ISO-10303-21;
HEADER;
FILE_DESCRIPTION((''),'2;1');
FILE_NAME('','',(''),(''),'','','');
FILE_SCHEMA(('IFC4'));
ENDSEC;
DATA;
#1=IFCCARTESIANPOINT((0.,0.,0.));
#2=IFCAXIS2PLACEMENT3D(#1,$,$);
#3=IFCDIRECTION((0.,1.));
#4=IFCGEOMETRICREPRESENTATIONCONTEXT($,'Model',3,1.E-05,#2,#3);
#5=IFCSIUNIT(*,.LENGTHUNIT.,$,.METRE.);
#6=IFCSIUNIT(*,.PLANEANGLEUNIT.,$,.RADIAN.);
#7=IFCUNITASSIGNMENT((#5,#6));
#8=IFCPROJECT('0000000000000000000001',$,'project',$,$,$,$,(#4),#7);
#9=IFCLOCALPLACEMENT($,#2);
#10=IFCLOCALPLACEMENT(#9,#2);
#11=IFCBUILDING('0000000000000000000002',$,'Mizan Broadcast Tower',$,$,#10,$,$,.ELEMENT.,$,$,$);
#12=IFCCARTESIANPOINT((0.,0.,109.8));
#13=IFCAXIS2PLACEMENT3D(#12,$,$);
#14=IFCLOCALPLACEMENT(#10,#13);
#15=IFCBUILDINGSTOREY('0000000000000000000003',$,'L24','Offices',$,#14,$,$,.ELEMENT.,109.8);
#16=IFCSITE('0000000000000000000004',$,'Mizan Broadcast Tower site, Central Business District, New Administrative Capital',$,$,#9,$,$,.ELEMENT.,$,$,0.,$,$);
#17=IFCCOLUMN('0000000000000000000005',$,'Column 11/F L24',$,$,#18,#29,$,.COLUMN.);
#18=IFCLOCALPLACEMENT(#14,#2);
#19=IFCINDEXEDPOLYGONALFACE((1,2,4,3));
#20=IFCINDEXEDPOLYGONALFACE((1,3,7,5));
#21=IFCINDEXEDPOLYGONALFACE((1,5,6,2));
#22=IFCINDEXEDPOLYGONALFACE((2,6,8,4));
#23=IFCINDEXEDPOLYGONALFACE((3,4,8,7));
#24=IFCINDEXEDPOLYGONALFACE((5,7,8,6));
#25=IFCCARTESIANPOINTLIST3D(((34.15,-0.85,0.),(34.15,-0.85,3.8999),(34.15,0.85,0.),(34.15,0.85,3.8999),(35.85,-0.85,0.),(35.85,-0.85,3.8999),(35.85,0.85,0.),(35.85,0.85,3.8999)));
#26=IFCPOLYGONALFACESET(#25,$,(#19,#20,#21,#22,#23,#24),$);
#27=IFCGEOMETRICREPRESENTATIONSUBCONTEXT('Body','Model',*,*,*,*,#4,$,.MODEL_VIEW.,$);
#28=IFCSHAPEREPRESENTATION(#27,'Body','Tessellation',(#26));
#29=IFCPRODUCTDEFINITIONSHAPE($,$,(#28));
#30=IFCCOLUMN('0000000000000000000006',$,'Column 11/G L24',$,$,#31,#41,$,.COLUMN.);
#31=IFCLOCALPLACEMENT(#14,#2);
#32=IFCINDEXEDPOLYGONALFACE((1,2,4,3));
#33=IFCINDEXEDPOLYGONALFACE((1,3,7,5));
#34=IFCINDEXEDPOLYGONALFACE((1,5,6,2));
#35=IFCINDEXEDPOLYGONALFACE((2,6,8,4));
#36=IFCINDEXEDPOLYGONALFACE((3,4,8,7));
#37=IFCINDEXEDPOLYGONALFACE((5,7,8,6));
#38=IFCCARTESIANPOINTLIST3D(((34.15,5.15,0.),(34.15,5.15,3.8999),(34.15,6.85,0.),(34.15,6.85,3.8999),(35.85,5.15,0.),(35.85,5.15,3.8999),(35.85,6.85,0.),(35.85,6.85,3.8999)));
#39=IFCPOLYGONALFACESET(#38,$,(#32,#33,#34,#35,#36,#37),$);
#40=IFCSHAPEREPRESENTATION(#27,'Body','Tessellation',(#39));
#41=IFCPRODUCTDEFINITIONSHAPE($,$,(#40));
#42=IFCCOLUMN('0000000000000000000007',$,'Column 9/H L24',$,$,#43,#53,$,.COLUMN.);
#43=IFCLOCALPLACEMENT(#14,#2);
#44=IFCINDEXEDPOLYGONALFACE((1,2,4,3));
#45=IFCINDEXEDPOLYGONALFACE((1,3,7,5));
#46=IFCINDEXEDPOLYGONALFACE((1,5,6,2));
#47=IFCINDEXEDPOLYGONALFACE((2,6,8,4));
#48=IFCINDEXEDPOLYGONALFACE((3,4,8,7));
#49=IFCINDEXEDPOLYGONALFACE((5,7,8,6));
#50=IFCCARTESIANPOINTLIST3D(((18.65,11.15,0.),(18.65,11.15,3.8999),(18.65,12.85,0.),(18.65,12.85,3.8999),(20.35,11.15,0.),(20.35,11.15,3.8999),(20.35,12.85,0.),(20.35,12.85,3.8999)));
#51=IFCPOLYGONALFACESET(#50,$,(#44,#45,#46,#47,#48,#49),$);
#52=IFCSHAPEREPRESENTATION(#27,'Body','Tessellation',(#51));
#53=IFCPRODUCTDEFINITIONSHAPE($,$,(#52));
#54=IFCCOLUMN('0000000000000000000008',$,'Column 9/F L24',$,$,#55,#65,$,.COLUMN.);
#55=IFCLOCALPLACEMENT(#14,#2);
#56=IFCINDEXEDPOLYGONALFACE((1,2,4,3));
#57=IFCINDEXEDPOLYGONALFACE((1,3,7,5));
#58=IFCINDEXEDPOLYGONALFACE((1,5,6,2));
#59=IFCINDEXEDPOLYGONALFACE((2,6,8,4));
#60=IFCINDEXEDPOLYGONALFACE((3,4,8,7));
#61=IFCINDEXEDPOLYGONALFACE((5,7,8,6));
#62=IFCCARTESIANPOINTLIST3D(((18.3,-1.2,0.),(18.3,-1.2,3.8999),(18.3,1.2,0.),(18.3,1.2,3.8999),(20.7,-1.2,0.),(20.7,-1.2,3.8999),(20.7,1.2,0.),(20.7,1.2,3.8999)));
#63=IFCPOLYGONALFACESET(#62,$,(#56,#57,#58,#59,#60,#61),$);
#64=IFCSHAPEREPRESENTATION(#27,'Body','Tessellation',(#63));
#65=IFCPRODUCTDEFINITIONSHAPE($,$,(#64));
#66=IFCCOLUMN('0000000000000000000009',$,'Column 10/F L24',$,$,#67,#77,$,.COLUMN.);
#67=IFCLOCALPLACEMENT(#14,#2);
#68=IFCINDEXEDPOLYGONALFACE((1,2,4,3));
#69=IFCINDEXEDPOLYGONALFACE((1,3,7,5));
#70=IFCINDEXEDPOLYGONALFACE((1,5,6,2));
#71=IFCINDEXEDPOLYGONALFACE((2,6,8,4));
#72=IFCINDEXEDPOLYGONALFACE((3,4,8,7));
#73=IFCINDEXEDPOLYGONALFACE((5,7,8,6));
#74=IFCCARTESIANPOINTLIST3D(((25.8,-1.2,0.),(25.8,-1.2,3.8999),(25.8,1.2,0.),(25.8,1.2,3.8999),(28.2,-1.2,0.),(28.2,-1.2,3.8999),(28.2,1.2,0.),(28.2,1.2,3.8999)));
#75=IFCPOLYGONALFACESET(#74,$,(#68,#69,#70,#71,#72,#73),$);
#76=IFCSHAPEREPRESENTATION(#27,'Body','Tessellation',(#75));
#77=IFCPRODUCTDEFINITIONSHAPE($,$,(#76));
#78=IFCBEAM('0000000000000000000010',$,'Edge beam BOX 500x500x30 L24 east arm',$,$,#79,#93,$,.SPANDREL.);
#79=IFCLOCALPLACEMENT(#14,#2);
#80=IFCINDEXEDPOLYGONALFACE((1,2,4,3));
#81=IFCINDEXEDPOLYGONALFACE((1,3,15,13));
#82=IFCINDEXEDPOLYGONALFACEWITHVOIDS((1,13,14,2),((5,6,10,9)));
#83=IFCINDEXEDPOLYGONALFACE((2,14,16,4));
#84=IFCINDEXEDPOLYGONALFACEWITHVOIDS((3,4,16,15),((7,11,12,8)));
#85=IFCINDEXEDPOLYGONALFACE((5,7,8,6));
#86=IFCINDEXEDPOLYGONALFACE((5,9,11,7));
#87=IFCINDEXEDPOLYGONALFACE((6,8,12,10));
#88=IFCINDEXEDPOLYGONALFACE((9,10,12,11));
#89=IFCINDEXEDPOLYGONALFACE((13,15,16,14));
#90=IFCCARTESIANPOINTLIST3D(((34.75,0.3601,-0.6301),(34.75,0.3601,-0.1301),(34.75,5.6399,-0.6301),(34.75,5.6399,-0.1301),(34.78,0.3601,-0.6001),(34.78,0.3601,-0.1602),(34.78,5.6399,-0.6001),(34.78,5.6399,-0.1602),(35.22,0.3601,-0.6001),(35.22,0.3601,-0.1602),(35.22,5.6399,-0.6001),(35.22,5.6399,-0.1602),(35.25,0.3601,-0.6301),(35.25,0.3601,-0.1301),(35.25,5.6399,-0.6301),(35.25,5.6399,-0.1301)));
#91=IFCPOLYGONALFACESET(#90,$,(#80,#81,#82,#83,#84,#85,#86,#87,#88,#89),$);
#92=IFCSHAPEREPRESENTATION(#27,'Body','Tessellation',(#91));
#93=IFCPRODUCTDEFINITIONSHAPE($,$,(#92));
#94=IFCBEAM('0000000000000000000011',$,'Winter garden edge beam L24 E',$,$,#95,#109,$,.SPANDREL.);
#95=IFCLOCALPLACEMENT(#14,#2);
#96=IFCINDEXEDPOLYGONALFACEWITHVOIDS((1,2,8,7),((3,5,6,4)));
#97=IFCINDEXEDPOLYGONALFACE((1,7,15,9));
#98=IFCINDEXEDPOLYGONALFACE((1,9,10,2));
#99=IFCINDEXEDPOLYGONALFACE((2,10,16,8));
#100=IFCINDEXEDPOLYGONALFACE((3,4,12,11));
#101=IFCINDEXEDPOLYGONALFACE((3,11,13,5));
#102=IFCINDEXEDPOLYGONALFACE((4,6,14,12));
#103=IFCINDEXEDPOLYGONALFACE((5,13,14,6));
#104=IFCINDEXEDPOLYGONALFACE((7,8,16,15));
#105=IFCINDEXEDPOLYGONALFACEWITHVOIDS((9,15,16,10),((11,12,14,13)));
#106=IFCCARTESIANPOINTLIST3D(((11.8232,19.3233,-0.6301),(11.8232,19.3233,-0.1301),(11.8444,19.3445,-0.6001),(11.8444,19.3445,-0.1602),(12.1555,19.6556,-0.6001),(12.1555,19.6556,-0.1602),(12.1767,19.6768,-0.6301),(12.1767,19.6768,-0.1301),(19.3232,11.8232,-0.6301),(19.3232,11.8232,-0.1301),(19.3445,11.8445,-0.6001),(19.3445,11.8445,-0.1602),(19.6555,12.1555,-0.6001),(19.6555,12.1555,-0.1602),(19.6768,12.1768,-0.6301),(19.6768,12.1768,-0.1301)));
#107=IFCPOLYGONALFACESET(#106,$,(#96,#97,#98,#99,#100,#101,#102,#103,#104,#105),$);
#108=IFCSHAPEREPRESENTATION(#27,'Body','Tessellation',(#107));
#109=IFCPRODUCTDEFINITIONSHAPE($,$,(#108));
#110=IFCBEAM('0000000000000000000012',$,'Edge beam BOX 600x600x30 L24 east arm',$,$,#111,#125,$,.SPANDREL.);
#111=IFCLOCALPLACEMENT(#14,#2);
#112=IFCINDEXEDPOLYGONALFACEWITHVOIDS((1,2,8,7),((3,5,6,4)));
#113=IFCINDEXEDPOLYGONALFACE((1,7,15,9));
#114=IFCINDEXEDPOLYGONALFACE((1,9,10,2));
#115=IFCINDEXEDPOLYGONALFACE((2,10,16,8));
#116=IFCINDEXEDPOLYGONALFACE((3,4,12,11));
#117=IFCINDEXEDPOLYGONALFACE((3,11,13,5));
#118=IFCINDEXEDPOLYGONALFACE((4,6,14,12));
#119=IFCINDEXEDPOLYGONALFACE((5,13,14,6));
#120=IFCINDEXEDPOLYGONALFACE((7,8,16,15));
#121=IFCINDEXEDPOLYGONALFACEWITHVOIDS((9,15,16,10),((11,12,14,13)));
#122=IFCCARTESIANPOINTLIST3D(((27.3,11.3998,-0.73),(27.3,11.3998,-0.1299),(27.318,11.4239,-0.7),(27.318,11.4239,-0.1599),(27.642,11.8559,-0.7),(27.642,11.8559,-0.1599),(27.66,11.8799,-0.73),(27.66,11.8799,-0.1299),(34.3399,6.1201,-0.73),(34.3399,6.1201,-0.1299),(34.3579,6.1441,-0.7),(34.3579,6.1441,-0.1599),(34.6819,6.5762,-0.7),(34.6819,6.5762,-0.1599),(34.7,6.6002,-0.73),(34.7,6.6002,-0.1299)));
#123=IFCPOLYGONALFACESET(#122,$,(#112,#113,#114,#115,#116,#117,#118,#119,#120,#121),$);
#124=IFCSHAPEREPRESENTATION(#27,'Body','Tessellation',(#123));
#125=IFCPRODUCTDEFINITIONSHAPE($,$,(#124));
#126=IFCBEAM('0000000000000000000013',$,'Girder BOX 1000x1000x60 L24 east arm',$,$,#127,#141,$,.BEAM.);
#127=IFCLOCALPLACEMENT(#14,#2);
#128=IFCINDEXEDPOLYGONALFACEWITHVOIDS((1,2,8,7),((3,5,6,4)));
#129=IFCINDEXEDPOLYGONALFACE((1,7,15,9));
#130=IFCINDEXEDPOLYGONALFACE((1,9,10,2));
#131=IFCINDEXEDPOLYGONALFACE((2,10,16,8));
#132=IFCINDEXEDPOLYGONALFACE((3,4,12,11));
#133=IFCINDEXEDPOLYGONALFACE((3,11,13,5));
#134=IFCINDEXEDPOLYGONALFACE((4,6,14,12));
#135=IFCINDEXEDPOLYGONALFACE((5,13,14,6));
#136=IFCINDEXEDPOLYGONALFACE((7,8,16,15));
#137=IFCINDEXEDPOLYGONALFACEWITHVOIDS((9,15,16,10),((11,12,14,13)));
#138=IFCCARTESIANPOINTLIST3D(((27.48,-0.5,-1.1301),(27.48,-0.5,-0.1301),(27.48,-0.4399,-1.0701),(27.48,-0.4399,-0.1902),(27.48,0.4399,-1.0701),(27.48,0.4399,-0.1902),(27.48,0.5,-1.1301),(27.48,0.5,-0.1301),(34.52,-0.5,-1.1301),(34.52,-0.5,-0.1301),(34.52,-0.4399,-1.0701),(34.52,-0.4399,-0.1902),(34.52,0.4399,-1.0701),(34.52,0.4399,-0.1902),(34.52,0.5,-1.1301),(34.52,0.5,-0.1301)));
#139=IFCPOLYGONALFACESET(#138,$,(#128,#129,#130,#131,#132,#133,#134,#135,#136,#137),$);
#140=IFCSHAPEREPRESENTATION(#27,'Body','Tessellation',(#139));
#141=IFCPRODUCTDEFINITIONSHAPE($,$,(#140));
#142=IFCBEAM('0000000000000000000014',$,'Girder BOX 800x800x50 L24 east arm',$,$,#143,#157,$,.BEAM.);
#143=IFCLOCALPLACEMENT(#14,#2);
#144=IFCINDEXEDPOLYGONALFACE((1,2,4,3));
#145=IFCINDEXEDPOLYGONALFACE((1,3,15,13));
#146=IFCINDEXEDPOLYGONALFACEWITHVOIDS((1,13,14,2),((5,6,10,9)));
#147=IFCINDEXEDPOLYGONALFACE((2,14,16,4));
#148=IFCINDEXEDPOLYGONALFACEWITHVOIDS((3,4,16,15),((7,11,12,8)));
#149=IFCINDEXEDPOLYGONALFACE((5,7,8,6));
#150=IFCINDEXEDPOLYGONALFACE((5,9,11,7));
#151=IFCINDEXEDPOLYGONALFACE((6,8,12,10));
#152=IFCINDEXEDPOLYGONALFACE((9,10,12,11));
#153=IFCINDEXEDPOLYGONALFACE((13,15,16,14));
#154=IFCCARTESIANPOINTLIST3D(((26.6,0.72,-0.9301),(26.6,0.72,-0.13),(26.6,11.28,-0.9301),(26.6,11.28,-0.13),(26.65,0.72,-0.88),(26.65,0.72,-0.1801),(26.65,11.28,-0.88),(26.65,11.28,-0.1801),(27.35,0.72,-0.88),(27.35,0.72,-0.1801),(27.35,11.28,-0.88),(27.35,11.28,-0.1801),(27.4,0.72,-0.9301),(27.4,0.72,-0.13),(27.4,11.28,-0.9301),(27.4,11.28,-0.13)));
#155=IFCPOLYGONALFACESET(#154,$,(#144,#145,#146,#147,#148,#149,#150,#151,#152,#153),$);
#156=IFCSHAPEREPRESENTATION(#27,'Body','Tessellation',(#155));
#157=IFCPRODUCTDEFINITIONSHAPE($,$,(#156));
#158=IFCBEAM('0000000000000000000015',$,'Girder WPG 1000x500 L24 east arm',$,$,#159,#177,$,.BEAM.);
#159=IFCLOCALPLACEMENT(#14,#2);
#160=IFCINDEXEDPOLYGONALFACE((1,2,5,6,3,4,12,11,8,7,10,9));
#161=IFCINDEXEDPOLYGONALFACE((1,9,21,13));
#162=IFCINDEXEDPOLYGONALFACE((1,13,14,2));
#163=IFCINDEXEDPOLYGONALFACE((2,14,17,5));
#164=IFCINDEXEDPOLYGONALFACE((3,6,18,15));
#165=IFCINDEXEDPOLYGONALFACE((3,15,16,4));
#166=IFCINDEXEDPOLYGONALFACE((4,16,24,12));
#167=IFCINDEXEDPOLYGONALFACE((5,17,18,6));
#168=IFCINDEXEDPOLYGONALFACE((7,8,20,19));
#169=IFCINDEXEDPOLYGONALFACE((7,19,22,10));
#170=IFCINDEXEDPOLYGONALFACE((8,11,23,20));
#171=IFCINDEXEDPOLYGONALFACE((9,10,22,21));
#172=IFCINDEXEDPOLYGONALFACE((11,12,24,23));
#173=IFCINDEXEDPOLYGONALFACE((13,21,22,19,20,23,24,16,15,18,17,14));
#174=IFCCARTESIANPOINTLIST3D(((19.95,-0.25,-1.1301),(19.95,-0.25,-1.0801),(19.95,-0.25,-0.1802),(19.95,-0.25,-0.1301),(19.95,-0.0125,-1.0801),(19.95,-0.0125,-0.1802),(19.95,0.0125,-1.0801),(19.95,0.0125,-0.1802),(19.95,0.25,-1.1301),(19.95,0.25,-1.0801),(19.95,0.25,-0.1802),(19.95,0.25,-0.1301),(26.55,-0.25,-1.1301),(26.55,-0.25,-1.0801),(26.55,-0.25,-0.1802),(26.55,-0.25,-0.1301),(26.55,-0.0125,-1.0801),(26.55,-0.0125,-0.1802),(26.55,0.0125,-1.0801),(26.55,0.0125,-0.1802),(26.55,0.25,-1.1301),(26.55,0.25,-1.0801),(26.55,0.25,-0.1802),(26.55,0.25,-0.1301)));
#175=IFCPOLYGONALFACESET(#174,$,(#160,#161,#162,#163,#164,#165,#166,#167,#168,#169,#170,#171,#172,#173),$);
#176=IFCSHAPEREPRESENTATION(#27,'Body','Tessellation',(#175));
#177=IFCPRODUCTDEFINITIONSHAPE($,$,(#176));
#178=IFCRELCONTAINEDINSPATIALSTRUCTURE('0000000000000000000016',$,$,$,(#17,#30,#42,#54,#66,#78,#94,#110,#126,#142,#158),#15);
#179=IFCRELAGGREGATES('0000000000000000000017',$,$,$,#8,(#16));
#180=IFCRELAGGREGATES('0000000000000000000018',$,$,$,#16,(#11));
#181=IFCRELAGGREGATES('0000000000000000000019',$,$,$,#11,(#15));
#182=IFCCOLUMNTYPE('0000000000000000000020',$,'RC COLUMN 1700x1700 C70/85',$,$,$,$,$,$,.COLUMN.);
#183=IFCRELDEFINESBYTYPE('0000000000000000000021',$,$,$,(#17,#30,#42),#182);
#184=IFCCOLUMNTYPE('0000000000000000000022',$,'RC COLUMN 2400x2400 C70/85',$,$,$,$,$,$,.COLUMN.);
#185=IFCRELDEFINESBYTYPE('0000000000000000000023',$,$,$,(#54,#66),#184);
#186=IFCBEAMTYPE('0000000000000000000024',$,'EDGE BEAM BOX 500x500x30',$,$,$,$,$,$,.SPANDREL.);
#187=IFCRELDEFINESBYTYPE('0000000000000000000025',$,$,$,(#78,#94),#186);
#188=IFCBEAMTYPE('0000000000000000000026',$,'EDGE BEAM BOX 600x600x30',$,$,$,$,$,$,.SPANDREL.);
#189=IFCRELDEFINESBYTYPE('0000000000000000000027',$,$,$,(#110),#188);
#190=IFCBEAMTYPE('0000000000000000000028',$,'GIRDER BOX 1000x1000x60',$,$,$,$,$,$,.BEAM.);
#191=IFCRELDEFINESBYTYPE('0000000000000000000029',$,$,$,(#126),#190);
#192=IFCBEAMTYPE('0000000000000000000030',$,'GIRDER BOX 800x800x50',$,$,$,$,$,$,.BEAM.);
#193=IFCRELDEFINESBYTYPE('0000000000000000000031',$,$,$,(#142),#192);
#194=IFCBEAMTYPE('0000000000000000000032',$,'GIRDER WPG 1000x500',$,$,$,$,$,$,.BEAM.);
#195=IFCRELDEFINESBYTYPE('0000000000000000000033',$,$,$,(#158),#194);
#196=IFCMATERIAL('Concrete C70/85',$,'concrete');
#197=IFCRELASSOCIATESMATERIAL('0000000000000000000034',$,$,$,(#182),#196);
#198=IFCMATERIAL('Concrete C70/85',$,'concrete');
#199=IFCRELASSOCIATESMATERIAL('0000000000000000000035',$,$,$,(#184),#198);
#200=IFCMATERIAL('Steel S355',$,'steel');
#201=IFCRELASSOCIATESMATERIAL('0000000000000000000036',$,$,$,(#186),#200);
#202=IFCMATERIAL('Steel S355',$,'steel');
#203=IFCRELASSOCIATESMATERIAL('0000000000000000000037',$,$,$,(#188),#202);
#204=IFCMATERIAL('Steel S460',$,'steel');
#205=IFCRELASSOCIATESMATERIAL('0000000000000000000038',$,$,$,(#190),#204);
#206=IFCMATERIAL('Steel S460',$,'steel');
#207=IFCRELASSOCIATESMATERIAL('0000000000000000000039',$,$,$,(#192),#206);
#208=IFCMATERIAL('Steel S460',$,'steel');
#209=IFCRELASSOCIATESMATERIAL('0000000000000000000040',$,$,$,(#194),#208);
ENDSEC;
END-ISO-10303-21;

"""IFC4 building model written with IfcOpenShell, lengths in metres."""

from ifc_helpers import new_model, si_unit, direction, frame, origin, origin_2d, place, context, subcontext, project, spatial, rectangle, hollow_rectangle, i_section, extrude, material, material_profile, profile_set, type_object, element, save


model = new_model("IFC4")

# Units and contexts
model_context = context("Model", 3, precision=1e-05, world=origin(), true_north=direction((0.0, 1.0)))
body_context = subcontext(model_context, "Body", "Model", "MODEL_VIEW")
ifc_project = project(units=[si_unit("LENGTHUNIT", "METRE"), si_unit("PLANEANGLEUNIT", "RADIAN")], contexts=[model_context])

# Site, building, storey
site_placement = place(None, origin())
site = spatial("IfcSite", under=ifc_project, at=site_placement, Name="Mizan Broadcast Tower site, Central Business District, New Administrative Capital", CompositionType="ELEMENT", RefElevation=0.0)
building_placement = place(site_placement, origin())
building = spatial("IfcBuilding", under=site, at=building_placement, Name="Mizan Broadcast Tower", CompositionType="ELEMENT")
storey_placement = place(building_placement, frame((0.0, 0.0, 109.8)))
storey = spatial("IfcBuildingStorey", under=building, at=storey_placement, Name="L24", Description="Offices", CompositionType="ELEMENT", Elevation=109.8)

# Columns
ifc_material_1 = material(Name="Concrete C70/85", Category="concrete")
ifc_material_profile_1 = material_profile(ifc_material_1, rectangle(XDim=1.7, YDim=1.7, at=origin_2d()), Name="RC 1700x1700")
ifc_profile_set_1 = profile_set([ifc_material_profile_1], Name="Concrete C70/85")
column_type_1 = type_object("IfcColumnType", Name="RC COLUMN 1700x1700 C70/85", PredefinedType="COLUMN", material=ifc_profile_set_1)
for number, where, z_axis, x_axis, name in (
    (1, (35.0, 0.0, 0.0), (0.0, 0.0, 1.0), (1.0, 0.0, 0.0), "Column 11/F L24"),
    (2, (35.0, 6.0, 0.0), (0.0, 0.0, 1.0), (1.0, 0.0, 0.0), "Column 11/G L24"),
    (3, (19.5, 12.0, 0.0), (0.0, 0.0, 1.0), (1.0, 0.0, 0.0), "Column 9/H L24"),
):
    element("IfcColumn", number, at=place(storey_placement, frame(where, z_axis=z_axis, x_axis=x_axis)), inside=storey, type_object=column_type_1, Name=name, PredefinedType="COLUMN", context=body_context, shape_type="SweptSolid", body=[
        extrude(rectangle(XDim=1.7, YDim=1.7, at=origin_2d()), origin(), (0.0, 0.0, 1.0), 3.8999),
    ])
ifc_material_2 = material(Name="Concrete C70/85", Category="concrete")
ifc_material_profile_2 = material_profile(ifc_material_2, rectangle(XDim=2.3999, YDim=2.3999, at=origin_2d()), Name="RC 2400x2400")
ifc_profile_set_2 = profile_set([ifc_material_profile_2], Name="Concrete C70/85")
column_type_2 = type_object("IfcColumnType", Name="RC COLUMN 2400x2400 C70/85", PredefinedType="COLUMN", material=ifc_profile_set_2)
for number, where, z_axis, x_axis, name in (
    (4, (19.5, 0.0, 0.0), (0.0, 0.0, 1.0), (1.0, 0.0, 0.0), "Column 9/F L24"),
    (5, (27.0, 0.0, 0.0), (0.0, 0.0, 1.0), (1.0, 0.0, 0.0), "Column 10/F L24"),
):
    element("IfcColumn", number, at=place(storey_placement, frame(where, z_axis=z_axis, x_axis=x_axis)), inside=storey, type_object=column_type_2, Name=name, PredefinedType="COLUMN", context=body_context, shape_type="SweptSolid", body=[
        extrude(rectangle(XDim=2.3999, YDim=2.3999, at=origin_2d()), origin(), (0.0, 0.0, 1.0), 3.8999),
    ])

# Beams
ifc_material_3 = material(Name="Steel S355", Category="steel")
ifc_material_profile_3 = material_profile(ifc_material_3, hollow_rectangle(XDim=0.5, YDim=0.5, WallThickness=0.03, at=origin_2d()), Name="BOX 500x500x30")
ifc_profile_set_3 = profile_set([ifc_material_profile_3], Name="Steel S355")
beam_type_1 = type_object("IfcBeamType", Name="EDGE BEAM BOX 500x500x30", PredefinedType="SPANDREL", material=ifc_profile_set_3)
beam_1_placement = place(storey_placement, frame((35.0, 5.6399, -0.3801), z_axis=(0.0, -1.0, 0.0), x_axis=(1.0, 0.0, 0.0)))
element("IfcBeam", 6, at=beam_1_placement, inside=storey, type_object=beam_type_1, Name="Edge beam BOX 500x500x30 L24 east arm", PredefinedType="SPANDREL", context=body_context, shape_type="SweptSolid", body=[
    extrude(hollow_rectangle(XDim=0.5, YDim=0.5, WallThickness=0.03, at=origin_2d()), origin(), (0.0, 0.0, 1.0), 5.2798),
])
beam_2_placement = place(storey_placement, frame((19.5, 12.0, -0.3801), z_axis=(-0.707107, 0.707107, 0.0), x_axis=(-0.707107, -0.707107, 0.0)))
element("IfcBeam", 7, at=beam_2_placement, inside=storey, type_object=beam_type_1, Name="Winter garden edge beam L24 E", PredefinedType="SPANDREL", context=body_context, shape_type="SweptSolid", body=[
    extrude(hollow_rectangle(XDim=0.5, YDim=0.5, WallThickness=0.03, at=origin_2d()), origin(), (0.0, 0.0, 1.0), 10.6067),
])
ifc_material_4 = material(Name="Steel S355", Category="steel")
ifc_material_profile_4 = material_profile(ifc_material_4, hollow_rectangle(XDim=0.6001, YDim=0.6001, WallThickness=0.03, at=origin_2d()), Name="BOX 600x600x30")
ifc_profile_set_4 = profile_set([ifc_material_profile_4], Name="Steel S355")
beam_type_2 = type_object("IfcBeamType", Name="EDGE BEAM BOX 600x600x30", PredefinedType="SPANDREL", material=ifc_profile_set_4)
beam_3_placement = place(storey_placement, frame((27.48, 11.6399, -0.4299), z_axis=(0.800013, -0.599982, 0.0), x_axis=(0.599982, 0.800013, 0.0)))
element("IfcBeam", 8, at=beam_3_placement, inside=storey, type_object=beam_type_2, Name="Edge beam BOX 600x600x30 L24 east arm", PredefinedType="SPANDREL", context=body_context, shape_type="SweptSolid", body=[
    extrude(hollow_rectangle(XDim=0.6001, YDim=0.6001, WallThickness=0.03, at=origin_2d()), origin(), (0.0, 0.0, 1.0), 8.7998),
])
ifc_material_5 = material(Name="Steel S460", Category="steel")
ifc_material_profile_5 = material_profile(ifc_material_5, hollow_rectangle(XDim=1.0, YDim=1.0, WallThickness=0.0601, at=origin_2d()), Name="BOX 1000x1000x60")
ifc_profile_set_5 = profile_set([ifc_material_profile_5], Name="Steel S460")
beam_type_3 = type_object("IfcBeamType", Name="GIRDER BOX 1000x1000x60", PredefinedType="BEAM", material=ifc_profile_set_5)
beam_4_placement = place(storey_placement, frame((27.48, 0.0, -0.6301), z_axis=(1.0, 0.0, 0.0), x_axis=(0.0, 1.0, 0.0)))
element("IfcBeam", 9, at=beam_4_placement, inside=storey, type_object=beam_type_3, Name="Girder BOX 1000x1000x60 L24 east arm", PredefinedType="BEAM", context=body_context, shape_type="SweptSolid", body=[
    extrude(hollow_rectangle(XDim=1.0, YDim=1.0, WallThickness=0.0601, at=origin_2d()), origin(), (0.0, 0.0, 1.0), 7.04),
])
ifc_material_6 = material(Name="Steel S460", Category="steel")
ifc_material_profile_6 = material_profile(ifc_material_6, hollow_rectangle(XDim=0.8, YDim=0.8, WallThickness=0.05, at=origin_2d()), Name="BOX 800x800x50")
ifc_profile_set_6 = profile_set([ifc_material_profile_6], Name="Steel S460")
beam_type_4 = type_object("IfcBeamType", Name="GIRDER BOX 800x800x50", PredefinedType="BEAM", material=ifc_profile_set_6)
beam_5_placement = place(storey_placement, frame((27.0, 11.28, -0.53), z_axis=(0.0, -1.0, 0.0), x_axis=(1.0, 0.0, 0.0)))
element("IfcBeam", 10, at=beam_5_placement, inside=storey, type_object=beam_type_4, Name="Girder BOX 800x800x50 L24 east arm", PredefinedType="BEAM", context=body_context, shape_type="SweptSolid", body=[
    extrude(hollow_rectangle(XDim=0.8, YDim=0.8, WallThickness=0.05, at=origin_2d()), origin(), (0.0, 0.0, 1.0), 10.5601),
])
ifc_material_7 = material(Name="Steel S460", Category="steel")
ifc_material_profile_7 = material_profile(ifc_material_7, i_section(OverallWidth=0.5, OverallDepth=1.0, WebThickness=0.0249, FlangeThickness=0.05, at=origin_2d()), Name="WPG 1000x500")
ifc_profile_set_7 = profile_set([ifc_material_profile_7], Name="Steel S460")
beam_type_5 = type_object("IfcBeamType", Name="GIRDER WPG 1000x500", PredefinedType="BEAM", material=ifc_profile_set_7)
beam_6_placement = place(storey_placement, frame((19.95, 0.0, -0.6301), z_axis=(1.0, 0.0, 0.0), x_axis=(0.0, 1.0, 0.0)))
element("IfcBeam", 11, at=beam_6_placement, inside=storey, type_object=beam_type_5, Name="Girder WPG 1000x500 L24 east arm", PredefinedType="BEAM", context=body_context, shape_type="SweptSolid", body=[
    extrude(i_section(OverallWidth=0.5, OverallDepth=1.0, WebThickness=0.0249, FlangeThickness=0.05, at=origin_2d()), origin(), (0.0, 0.0, 1.0), 6.6001),
])

save(model, "model.ifc")
